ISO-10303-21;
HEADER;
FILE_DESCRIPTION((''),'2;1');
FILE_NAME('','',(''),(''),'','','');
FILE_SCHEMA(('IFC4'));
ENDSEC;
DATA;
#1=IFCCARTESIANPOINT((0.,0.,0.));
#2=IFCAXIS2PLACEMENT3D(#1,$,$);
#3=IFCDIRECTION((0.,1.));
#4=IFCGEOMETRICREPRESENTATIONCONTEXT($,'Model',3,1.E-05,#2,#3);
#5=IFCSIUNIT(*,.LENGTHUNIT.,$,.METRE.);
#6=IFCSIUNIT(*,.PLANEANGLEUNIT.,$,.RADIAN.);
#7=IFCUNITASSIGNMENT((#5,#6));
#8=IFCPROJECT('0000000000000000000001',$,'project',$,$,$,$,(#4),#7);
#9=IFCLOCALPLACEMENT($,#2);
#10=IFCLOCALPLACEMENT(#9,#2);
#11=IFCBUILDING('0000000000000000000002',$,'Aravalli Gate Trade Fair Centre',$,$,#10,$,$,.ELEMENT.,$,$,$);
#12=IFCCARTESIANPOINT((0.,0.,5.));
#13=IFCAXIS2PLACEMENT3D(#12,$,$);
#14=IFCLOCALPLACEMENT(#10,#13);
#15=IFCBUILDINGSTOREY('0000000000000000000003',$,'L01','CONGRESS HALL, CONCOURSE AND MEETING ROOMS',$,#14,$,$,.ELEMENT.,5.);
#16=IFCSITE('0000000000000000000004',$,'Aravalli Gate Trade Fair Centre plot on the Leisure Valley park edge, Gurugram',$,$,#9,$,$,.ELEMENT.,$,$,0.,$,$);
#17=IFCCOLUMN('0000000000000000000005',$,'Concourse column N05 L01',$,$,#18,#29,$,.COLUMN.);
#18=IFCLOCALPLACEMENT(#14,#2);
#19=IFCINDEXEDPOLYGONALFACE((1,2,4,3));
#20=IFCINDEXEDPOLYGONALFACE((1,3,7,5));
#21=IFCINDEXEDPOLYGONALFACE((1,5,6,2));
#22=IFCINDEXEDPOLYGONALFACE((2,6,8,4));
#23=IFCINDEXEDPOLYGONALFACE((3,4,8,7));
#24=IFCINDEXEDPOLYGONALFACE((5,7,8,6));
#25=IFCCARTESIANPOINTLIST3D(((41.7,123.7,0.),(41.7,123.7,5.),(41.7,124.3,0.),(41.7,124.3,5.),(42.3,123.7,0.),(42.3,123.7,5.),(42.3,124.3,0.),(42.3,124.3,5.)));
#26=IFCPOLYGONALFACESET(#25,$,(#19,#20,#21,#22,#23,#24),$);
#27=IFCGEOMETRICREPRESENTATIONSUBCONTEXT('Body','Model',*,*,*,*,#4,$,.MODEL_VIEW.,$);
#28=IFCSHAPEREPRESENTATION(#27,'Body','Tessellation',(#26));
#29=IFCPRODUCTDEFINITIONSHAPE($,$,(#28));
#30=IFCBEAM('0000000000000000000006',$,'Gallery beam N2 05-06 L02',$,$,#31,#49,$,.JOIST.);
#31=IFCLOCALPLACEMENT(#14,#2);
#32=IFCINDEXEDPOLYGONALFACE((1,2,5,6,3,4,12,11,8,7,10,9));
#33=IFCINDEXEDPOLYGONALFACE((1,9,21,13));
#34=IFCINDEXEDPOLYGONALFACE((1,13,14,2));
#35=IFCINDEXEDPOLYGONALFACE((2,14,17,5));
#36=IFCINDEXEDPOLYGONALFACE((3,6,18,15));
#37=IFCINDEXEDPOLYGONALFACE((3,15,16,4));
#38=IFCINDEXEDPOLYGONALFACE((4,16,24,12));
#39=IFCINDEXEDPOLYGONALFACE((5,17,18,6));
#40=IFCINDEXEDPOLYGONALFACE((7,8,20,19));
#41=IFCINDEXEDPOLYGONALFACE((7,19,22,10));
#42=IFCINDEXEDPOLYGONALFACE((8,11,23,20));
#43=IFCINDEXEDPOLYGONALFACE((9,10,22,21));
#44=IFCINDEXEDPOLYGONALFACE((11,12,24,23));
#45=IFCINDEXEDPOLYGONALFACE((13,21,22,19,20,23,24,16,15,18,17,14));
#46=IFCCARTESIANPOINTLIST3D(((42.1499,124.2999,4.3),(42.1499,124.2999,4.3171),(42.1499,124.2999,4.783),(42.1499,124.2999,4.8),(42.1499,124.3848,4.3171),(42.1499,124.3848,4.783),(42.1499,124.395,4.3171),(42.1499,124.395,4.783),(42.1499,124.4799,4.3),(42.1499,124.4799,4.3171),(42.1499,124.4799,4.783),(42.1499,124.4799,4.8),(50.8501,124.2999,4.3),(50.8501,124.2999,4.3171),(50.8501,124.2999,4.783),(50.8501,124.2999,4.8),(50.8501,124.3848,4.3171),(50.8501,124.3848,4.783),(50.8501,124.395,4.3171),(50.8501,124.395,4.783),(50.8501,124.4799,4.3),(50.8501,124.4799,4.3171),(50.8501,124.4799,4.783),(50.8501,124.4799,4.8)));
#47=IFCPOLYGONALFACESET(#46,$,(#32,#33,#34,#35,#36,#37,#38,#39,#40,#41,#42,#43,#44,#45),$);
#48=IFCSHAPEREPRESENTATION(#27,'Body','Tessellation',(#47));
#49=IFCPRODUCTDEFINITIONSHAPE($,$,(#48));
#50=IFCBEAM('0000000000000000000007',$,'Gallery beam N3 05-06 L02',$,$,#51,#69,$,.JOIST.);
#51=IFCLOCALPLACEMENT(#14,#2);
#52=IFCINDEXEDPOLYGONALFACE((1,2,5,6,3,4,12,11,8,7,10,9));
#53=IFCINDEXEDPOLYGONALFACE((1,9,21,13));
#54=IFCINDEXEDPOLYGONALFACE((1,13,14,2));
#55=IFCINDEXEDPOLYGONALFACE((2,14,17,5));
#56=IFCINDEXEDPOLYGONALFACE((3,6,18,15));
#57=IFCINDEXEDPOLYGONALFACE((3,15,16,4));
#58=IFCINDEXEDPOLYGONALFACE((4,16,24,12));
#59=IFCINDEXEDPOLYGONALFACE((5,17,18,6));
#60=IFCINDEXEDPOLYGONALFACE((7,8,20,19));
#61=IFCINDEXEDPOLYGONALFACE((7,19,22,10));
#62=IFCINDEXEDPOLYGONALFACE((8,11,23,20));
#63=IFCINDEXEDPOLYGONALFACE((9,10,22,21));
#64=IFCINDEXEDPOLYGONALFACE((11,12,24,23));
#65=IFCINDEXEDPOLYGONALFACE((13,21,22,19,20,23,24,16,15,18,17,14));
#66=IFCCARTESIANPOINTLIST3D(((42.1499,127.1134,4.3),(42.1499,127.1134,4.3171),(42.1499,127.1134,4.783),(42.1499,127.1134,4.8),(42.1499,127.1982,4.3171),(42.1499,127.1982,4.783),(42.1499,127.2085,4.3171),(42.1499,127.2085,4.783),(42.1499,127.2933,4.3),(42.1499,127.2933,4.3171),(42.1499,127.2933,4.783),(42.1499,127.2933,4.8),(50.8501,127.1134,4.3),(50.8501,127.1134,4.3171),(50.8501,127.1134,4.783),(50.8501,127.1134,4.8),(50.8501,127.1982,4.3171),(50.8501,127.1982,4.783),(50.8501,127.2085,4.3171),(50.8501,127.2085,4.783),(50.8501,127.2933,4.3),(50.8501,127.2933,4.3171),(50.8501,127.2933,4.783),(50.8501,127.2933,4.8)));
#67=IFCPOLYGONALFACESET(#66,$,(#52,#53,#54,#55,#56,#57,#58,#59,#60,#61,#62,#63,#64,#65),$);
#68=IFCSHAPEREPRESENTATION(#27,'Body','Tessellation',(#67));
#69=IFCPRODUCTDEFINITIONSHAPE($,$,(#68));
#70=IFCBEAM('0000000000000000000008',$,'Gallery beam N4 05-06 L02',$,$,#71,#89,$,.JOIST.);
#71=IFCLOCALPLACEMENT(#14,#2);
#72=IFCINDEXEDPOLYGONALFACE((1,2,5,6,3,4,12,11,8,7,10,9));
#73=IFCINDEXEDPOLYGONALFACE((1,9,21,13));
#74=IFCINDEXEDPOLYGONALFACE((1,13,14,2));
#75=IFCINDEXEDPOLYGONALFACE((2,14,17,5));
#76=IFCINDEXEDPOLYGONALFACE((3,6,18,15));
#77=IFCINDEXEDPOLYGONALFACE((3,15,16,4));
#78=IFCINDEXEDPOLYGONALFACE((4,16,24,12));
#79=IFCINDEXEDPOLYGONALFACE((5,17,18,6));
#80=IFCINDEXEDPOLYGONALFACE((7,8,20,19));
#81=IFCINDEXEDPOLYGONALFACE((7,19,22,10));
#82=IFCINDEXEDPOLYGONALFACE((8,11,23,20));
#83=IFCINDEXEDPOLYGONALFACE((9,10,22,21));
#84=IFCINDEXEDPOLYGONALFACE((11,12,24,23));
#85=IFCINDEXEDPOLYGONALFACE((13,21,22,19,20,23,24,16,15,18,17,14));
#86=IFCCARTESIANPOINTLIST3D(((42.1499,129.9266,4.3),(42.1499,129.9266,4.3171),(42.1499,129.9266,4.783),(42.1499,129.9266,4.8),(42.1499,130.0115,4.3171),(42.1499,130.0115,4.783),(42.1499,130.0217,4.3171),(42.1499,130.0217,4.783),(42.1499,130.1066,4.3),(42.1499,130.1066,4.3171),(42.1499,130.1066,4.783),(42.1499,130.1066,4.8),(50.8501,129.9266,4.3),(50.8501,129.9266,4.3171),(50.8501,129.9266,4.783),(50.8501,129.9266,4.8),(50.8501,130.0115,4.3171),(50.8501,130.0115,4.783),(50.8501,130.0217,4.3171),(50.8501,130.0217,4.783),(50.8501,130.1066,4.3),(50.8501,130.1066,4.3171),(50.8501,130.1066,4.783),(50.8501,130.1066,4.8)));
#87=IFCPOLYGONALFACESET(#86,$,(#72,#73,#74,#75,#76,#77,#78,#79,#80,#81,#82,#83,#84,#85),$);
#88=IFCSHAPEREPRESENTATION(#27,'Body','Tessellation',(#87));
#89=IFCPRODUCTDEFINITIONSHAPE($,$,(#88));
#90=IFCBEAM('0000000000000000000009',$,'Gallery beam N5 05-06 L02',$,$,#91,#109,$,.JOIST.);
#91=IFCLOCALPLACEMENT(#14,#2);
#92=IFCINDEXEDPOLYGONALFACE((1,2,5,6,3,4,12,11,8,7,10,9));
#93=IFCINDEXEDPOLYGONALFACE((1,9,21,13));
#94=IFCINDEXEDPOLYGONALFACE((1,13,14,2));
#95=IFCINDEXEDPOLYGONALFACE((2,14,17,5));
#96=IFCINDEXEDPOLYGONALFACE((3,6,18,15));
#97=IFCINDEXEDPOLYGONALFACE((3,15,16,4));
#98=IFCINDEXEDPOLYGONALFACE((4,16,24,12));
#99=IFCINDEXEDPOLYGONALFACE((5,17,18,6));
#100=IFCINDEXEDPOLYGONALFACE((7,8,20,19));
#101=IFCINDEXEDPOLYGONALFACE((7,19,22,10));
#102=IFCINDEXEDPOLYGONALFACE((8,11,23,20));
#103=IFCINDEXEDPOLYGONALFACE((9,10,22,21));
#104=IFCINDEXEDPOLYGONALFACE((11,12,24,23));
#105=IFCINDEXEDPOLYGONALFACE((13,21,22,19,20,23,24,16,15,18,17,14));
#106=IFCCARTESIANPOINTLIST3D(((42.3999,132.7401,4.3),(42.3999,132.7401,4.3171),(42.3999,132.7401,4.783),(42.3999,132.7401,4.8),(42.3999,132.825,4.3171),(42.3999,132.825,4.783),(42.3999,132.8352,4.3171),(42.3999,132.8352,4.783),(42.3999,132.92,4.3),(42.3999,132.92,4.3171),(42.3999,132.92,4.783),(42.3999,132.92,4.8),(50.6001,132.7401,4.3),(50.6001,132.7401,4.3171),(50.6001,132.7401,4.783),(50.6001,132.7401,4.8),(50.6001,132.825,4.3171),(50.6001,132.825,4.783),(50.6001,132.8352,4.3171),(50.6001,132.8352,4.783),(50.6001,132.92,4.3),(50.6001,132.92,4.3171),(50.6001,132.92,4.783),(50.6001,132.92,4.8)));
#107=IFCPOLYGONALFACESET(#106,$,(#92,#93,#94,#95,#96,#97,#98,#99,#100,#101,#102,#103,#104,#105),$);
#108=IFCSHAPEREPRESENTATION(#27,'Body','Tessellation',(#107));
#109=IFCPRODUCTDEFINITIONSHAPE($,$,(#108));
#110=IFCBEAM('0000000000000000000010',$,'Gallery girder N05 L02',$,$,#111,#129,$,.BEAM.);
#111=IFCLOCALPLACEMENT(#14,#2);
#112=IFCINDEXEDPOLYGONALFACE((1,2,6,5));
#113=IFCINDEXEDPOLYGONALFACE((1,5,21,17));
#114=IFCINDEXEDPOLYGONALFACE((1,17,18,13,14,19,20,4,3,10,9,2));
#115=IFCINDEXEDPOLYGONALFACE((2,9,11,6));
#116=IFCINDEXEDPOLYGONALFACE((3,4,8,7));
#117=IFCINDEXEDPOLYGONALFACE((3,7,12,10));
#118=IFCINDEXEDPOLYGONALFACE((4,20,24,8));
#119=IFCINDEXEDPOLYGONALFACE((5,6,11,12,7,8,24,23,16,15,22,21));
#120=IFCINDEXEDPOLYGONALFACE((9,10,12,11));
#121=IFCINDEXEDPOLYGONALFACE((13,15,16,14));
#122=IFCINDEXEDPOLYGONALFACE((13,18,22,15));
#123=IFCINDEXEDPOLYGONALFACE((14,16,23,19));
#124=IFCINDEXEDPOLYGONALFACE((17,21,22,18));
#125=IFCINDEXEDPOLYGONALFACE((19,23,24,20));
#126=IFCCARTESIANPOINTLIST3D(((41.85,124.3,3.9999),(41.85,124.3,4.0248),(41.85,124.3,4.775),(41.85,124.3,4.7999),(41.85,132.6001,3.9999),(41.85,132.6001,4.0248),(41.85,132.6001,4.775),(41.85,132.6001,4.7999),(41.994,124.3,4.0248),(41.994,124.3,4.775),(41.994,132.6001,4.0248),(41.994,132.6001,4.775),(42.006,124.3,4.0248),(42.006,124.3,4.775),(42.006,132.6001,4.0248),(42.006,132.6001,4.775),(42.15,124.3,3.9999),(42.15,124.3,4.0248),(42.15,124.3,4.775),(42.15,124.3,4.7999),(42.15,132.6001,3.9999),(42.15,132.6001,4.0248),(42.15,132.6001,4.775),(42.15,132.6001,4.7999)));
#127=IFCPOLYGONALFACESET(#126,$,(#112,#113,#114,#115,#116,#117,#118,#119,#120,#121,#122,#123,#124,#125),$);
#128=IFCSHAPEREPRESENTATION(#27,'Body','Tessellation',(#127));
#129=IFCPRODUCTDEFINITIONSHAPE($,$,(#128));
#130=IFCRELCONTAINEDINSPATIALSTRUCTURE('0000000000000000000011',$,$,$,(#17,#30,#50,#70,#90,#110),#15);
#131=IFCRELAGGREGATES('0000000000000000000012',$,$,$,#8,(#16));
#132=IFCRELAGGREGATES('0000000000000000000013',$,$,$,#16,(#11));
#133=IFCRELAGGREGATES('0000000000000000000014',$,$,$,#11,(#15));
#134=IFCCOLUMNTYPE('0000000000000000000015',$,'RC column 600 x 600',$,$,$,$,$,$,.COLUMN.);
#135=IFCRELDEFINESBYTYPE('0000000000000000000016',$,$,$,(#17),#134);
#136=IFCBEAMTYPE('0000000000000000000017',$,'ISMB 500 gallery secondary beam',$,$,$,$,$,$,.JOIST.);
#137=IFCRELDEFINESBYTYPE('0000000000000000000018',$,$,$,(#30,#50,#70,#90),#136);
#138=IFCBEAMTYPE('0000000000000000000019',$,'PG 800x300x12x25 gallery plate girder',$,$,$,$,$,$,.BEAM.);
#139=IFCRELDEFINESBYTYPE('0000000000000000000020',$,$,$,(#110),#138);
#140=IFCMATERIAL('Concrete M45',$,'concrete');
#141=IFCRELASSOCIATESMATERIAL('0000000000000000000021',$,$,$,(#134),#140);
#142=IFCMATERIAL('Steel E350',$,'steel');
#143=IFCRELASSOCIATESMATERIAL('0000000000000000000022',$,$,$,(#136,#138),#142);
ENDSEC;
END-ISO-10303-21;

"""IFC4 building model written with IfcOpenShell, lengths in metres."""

from ifc_helpers import new_model, si_unit, direction, frame, origin, origin_2d, place, context, subcontext, project, spatial, rectangle, i_section, extrude, material, material_profile, profile_set, type_object, element, save


model = new_model("IFC4")

# Units and contexts
model_context = context("Model", 3, precision=1e-05, world=origin(), true_north=direction((0.0, 1.0)))
body_context = subcontext(model_context, "Body", "Model", "MODEL_VIEW")
ifc_project = project(units=[si_unit("LENGTHUNIT", "METRE"), si_unit("PLANEANGLEUNIT", "RADIAN")], contexts=[model_context])

# Site, building, storey
site_placement = place(None, origin())
site = spatial("IfcSite", under=ifc_project, at=site_placement, Name="Aravalli Gate Trade Fair Centre plot on the Leisure Valley park edge, Gurugram", CompositionType="ELEMENT", RefElevation=0.0)
building_placement = place(site_placement, origin())
building = spatial("IfcBuilding", under=site, at=building_placement, Name="Aravalli Gate Trade Fair Centre", CompositionType="ELEMENT")
storey_placement = place(building_placement, frame((0.0, 0.0, 5.0)))
storey = spatial("IfcBuildingStorey", under=building, at=storey_placement, Name="L01", Description="CONGRESS HALL, CONCOURSE AND MEETING ROOMS", CompositionType="ELEMENT", Elevation=5.0)

# Column
ifc_material_1 = material(Name="Concrete M45", Category="concrete")
ifc_material_profile_1 = material_profile(ifc_material_1, rectangle(XDim=0.6001, YDim=0.6001, at=origin_2d()), Name="RC column 600 x 600")
ifc_profile_set_1 = profile_set([ifc_material_profile_1], Name="Concrete M45")
column_type = type_object("IfcColumnType", Name="RC column 600 x 600", PredefinedType="COLUMN", material=ifc_profile_set_1)
column_placement = place(storey_placement, frame((42.0, 124.0, 0.0), z_axis=(0.0, 0.0, 1.0), x_axis=(1.0, 0.0, 0.0)))
element("IfcColumn", 1, at=column_placement, inside=storey, type_object=column_type, Name="Concourse column N05 L01", PredefinedType="COLUMN", context=body_context, shape_type="SweptSolid", body=[
    extrude(rectangle(XDim=0.6001, YDim=0.6001, at=origin_2d()), origin(), (0.0, 0.0, 1.0), 5.0),
])

# Beams
ifc_material_2 = material(Name="Steel E350", Category="steel")
ifc_material_profile_2 = material_profile(ifc_material_2, i_section(OverallWidth=0.1799, OverallDepth=0.5, WebThickness=0.0103, FlangeThickness=0.0171, at=origin_2d()), Name="ISMB 500")
ifc_profile_set_2 = profile_set([ifc_material_profile_2], Name="Steel E350")
beam_type_1 = type_object("IfcBeamType", Name="ISMB 500 gallery secondary beam", PredefinedType="JOIST", material=ifc_profile_set_2)
for number, where, z_axis, x_axis, name in (
    (2, (42.1499, 124.3899, 4.55), (1.0, 0.0, 0.0), (0.0, 1.0, 0.0), "Gallery beam N2 05-06 L02"),
    (3, (42.1499, 127.2034, 4.55), (1.0, 0.0, 0.0), (0.0, 1.0, 0.0), "Gallery beam N3 05-06 L02"),
    (4, (42.1499, 130.0166, 4.55), (1.0, 0.0, 0.0), (0.0, 1.0, 0.0), "Gallery beam N4 05-06 L02"),
):
    element("IfcBeam", number, at=place(storey_placement, frame(where, z_axis=z_axis, x_axis=x_axis)), inside=storey, type_object=beam_type_1, Name=name, PredefinedType="JOIST", context=body_context, shape_type="SweptSolid", body=[
        extrude(i_section(OverallWidth=0.1799, OverallDepth=0.5, WebThickness=0.0103, FlangeThickness=0.0171, at=origin_2d()), origin(), (0.0, 0.0, 1.0), 8.7002),
    ])
beam_1_placement = place(storey_placement, frame((42.3999, 132.8301, 4.55), z_axis=(1.0, 0.0, 0.0), x_axis=(0.0, 1.0, 0.0)))
element("IfcBeam", 5, at=beam_1_placement, inside=storey, type_object=beam_type_1, Name="Gallery beam N5 05-06 L02", PredefinedType="JOIST", context=body_context, shape_type="SweptSolid", body=[
    extrude(i_section(OverallWidth=0.1799, OverallDepth=0.5, WebThickness=0.0103, FlangeThickness=0.0171, at=origin_2d()), origin(), (0.0, 0.0, 1.0), 8.2002),
])
ifc_material_profile_3 = material_profile(ifc_material_2, i_section(OverallWidth=0.3, OverallDepth=0.8, WebThickness=0.012, FlangeThickness=0.0249, at=origin_2d()), Name="PG 800x300x12x25")
ifc_profile_set_3 = profile_set([ifc_material_profile_3], Name="Steel E350")
beam_type_2 = type_object("IfcBeamType", Name="PG 800x300x12x25 gallery plate girder", PredefinedType="BEAM", material=ifc_profile_set_3)
beam_2_placement = place(storey_placement, frame((42.0, 124.3, 4.3999), z_axis=(0.0, 1.0, 0.0), x_axis=(-1.0, 0.0, 0.0)))
element("IfcBeam", 6, at=beam_2_placement, inside=storey, type_object=beam_type_2, Name="Gallery girder N05 L02", PredefinedType="BEAM", context=body_context, shape_type="SweptSolid", body=[
    extrude(i_section(OverallWidth=0.3, OverallDepth=0.8, WebThickness=0.012, FlangeThickness=0.0249, at=origin_2d()), origin(), (0.0, 0.0, 1.0), 8.3),
])

save(model, "model.ifc")
